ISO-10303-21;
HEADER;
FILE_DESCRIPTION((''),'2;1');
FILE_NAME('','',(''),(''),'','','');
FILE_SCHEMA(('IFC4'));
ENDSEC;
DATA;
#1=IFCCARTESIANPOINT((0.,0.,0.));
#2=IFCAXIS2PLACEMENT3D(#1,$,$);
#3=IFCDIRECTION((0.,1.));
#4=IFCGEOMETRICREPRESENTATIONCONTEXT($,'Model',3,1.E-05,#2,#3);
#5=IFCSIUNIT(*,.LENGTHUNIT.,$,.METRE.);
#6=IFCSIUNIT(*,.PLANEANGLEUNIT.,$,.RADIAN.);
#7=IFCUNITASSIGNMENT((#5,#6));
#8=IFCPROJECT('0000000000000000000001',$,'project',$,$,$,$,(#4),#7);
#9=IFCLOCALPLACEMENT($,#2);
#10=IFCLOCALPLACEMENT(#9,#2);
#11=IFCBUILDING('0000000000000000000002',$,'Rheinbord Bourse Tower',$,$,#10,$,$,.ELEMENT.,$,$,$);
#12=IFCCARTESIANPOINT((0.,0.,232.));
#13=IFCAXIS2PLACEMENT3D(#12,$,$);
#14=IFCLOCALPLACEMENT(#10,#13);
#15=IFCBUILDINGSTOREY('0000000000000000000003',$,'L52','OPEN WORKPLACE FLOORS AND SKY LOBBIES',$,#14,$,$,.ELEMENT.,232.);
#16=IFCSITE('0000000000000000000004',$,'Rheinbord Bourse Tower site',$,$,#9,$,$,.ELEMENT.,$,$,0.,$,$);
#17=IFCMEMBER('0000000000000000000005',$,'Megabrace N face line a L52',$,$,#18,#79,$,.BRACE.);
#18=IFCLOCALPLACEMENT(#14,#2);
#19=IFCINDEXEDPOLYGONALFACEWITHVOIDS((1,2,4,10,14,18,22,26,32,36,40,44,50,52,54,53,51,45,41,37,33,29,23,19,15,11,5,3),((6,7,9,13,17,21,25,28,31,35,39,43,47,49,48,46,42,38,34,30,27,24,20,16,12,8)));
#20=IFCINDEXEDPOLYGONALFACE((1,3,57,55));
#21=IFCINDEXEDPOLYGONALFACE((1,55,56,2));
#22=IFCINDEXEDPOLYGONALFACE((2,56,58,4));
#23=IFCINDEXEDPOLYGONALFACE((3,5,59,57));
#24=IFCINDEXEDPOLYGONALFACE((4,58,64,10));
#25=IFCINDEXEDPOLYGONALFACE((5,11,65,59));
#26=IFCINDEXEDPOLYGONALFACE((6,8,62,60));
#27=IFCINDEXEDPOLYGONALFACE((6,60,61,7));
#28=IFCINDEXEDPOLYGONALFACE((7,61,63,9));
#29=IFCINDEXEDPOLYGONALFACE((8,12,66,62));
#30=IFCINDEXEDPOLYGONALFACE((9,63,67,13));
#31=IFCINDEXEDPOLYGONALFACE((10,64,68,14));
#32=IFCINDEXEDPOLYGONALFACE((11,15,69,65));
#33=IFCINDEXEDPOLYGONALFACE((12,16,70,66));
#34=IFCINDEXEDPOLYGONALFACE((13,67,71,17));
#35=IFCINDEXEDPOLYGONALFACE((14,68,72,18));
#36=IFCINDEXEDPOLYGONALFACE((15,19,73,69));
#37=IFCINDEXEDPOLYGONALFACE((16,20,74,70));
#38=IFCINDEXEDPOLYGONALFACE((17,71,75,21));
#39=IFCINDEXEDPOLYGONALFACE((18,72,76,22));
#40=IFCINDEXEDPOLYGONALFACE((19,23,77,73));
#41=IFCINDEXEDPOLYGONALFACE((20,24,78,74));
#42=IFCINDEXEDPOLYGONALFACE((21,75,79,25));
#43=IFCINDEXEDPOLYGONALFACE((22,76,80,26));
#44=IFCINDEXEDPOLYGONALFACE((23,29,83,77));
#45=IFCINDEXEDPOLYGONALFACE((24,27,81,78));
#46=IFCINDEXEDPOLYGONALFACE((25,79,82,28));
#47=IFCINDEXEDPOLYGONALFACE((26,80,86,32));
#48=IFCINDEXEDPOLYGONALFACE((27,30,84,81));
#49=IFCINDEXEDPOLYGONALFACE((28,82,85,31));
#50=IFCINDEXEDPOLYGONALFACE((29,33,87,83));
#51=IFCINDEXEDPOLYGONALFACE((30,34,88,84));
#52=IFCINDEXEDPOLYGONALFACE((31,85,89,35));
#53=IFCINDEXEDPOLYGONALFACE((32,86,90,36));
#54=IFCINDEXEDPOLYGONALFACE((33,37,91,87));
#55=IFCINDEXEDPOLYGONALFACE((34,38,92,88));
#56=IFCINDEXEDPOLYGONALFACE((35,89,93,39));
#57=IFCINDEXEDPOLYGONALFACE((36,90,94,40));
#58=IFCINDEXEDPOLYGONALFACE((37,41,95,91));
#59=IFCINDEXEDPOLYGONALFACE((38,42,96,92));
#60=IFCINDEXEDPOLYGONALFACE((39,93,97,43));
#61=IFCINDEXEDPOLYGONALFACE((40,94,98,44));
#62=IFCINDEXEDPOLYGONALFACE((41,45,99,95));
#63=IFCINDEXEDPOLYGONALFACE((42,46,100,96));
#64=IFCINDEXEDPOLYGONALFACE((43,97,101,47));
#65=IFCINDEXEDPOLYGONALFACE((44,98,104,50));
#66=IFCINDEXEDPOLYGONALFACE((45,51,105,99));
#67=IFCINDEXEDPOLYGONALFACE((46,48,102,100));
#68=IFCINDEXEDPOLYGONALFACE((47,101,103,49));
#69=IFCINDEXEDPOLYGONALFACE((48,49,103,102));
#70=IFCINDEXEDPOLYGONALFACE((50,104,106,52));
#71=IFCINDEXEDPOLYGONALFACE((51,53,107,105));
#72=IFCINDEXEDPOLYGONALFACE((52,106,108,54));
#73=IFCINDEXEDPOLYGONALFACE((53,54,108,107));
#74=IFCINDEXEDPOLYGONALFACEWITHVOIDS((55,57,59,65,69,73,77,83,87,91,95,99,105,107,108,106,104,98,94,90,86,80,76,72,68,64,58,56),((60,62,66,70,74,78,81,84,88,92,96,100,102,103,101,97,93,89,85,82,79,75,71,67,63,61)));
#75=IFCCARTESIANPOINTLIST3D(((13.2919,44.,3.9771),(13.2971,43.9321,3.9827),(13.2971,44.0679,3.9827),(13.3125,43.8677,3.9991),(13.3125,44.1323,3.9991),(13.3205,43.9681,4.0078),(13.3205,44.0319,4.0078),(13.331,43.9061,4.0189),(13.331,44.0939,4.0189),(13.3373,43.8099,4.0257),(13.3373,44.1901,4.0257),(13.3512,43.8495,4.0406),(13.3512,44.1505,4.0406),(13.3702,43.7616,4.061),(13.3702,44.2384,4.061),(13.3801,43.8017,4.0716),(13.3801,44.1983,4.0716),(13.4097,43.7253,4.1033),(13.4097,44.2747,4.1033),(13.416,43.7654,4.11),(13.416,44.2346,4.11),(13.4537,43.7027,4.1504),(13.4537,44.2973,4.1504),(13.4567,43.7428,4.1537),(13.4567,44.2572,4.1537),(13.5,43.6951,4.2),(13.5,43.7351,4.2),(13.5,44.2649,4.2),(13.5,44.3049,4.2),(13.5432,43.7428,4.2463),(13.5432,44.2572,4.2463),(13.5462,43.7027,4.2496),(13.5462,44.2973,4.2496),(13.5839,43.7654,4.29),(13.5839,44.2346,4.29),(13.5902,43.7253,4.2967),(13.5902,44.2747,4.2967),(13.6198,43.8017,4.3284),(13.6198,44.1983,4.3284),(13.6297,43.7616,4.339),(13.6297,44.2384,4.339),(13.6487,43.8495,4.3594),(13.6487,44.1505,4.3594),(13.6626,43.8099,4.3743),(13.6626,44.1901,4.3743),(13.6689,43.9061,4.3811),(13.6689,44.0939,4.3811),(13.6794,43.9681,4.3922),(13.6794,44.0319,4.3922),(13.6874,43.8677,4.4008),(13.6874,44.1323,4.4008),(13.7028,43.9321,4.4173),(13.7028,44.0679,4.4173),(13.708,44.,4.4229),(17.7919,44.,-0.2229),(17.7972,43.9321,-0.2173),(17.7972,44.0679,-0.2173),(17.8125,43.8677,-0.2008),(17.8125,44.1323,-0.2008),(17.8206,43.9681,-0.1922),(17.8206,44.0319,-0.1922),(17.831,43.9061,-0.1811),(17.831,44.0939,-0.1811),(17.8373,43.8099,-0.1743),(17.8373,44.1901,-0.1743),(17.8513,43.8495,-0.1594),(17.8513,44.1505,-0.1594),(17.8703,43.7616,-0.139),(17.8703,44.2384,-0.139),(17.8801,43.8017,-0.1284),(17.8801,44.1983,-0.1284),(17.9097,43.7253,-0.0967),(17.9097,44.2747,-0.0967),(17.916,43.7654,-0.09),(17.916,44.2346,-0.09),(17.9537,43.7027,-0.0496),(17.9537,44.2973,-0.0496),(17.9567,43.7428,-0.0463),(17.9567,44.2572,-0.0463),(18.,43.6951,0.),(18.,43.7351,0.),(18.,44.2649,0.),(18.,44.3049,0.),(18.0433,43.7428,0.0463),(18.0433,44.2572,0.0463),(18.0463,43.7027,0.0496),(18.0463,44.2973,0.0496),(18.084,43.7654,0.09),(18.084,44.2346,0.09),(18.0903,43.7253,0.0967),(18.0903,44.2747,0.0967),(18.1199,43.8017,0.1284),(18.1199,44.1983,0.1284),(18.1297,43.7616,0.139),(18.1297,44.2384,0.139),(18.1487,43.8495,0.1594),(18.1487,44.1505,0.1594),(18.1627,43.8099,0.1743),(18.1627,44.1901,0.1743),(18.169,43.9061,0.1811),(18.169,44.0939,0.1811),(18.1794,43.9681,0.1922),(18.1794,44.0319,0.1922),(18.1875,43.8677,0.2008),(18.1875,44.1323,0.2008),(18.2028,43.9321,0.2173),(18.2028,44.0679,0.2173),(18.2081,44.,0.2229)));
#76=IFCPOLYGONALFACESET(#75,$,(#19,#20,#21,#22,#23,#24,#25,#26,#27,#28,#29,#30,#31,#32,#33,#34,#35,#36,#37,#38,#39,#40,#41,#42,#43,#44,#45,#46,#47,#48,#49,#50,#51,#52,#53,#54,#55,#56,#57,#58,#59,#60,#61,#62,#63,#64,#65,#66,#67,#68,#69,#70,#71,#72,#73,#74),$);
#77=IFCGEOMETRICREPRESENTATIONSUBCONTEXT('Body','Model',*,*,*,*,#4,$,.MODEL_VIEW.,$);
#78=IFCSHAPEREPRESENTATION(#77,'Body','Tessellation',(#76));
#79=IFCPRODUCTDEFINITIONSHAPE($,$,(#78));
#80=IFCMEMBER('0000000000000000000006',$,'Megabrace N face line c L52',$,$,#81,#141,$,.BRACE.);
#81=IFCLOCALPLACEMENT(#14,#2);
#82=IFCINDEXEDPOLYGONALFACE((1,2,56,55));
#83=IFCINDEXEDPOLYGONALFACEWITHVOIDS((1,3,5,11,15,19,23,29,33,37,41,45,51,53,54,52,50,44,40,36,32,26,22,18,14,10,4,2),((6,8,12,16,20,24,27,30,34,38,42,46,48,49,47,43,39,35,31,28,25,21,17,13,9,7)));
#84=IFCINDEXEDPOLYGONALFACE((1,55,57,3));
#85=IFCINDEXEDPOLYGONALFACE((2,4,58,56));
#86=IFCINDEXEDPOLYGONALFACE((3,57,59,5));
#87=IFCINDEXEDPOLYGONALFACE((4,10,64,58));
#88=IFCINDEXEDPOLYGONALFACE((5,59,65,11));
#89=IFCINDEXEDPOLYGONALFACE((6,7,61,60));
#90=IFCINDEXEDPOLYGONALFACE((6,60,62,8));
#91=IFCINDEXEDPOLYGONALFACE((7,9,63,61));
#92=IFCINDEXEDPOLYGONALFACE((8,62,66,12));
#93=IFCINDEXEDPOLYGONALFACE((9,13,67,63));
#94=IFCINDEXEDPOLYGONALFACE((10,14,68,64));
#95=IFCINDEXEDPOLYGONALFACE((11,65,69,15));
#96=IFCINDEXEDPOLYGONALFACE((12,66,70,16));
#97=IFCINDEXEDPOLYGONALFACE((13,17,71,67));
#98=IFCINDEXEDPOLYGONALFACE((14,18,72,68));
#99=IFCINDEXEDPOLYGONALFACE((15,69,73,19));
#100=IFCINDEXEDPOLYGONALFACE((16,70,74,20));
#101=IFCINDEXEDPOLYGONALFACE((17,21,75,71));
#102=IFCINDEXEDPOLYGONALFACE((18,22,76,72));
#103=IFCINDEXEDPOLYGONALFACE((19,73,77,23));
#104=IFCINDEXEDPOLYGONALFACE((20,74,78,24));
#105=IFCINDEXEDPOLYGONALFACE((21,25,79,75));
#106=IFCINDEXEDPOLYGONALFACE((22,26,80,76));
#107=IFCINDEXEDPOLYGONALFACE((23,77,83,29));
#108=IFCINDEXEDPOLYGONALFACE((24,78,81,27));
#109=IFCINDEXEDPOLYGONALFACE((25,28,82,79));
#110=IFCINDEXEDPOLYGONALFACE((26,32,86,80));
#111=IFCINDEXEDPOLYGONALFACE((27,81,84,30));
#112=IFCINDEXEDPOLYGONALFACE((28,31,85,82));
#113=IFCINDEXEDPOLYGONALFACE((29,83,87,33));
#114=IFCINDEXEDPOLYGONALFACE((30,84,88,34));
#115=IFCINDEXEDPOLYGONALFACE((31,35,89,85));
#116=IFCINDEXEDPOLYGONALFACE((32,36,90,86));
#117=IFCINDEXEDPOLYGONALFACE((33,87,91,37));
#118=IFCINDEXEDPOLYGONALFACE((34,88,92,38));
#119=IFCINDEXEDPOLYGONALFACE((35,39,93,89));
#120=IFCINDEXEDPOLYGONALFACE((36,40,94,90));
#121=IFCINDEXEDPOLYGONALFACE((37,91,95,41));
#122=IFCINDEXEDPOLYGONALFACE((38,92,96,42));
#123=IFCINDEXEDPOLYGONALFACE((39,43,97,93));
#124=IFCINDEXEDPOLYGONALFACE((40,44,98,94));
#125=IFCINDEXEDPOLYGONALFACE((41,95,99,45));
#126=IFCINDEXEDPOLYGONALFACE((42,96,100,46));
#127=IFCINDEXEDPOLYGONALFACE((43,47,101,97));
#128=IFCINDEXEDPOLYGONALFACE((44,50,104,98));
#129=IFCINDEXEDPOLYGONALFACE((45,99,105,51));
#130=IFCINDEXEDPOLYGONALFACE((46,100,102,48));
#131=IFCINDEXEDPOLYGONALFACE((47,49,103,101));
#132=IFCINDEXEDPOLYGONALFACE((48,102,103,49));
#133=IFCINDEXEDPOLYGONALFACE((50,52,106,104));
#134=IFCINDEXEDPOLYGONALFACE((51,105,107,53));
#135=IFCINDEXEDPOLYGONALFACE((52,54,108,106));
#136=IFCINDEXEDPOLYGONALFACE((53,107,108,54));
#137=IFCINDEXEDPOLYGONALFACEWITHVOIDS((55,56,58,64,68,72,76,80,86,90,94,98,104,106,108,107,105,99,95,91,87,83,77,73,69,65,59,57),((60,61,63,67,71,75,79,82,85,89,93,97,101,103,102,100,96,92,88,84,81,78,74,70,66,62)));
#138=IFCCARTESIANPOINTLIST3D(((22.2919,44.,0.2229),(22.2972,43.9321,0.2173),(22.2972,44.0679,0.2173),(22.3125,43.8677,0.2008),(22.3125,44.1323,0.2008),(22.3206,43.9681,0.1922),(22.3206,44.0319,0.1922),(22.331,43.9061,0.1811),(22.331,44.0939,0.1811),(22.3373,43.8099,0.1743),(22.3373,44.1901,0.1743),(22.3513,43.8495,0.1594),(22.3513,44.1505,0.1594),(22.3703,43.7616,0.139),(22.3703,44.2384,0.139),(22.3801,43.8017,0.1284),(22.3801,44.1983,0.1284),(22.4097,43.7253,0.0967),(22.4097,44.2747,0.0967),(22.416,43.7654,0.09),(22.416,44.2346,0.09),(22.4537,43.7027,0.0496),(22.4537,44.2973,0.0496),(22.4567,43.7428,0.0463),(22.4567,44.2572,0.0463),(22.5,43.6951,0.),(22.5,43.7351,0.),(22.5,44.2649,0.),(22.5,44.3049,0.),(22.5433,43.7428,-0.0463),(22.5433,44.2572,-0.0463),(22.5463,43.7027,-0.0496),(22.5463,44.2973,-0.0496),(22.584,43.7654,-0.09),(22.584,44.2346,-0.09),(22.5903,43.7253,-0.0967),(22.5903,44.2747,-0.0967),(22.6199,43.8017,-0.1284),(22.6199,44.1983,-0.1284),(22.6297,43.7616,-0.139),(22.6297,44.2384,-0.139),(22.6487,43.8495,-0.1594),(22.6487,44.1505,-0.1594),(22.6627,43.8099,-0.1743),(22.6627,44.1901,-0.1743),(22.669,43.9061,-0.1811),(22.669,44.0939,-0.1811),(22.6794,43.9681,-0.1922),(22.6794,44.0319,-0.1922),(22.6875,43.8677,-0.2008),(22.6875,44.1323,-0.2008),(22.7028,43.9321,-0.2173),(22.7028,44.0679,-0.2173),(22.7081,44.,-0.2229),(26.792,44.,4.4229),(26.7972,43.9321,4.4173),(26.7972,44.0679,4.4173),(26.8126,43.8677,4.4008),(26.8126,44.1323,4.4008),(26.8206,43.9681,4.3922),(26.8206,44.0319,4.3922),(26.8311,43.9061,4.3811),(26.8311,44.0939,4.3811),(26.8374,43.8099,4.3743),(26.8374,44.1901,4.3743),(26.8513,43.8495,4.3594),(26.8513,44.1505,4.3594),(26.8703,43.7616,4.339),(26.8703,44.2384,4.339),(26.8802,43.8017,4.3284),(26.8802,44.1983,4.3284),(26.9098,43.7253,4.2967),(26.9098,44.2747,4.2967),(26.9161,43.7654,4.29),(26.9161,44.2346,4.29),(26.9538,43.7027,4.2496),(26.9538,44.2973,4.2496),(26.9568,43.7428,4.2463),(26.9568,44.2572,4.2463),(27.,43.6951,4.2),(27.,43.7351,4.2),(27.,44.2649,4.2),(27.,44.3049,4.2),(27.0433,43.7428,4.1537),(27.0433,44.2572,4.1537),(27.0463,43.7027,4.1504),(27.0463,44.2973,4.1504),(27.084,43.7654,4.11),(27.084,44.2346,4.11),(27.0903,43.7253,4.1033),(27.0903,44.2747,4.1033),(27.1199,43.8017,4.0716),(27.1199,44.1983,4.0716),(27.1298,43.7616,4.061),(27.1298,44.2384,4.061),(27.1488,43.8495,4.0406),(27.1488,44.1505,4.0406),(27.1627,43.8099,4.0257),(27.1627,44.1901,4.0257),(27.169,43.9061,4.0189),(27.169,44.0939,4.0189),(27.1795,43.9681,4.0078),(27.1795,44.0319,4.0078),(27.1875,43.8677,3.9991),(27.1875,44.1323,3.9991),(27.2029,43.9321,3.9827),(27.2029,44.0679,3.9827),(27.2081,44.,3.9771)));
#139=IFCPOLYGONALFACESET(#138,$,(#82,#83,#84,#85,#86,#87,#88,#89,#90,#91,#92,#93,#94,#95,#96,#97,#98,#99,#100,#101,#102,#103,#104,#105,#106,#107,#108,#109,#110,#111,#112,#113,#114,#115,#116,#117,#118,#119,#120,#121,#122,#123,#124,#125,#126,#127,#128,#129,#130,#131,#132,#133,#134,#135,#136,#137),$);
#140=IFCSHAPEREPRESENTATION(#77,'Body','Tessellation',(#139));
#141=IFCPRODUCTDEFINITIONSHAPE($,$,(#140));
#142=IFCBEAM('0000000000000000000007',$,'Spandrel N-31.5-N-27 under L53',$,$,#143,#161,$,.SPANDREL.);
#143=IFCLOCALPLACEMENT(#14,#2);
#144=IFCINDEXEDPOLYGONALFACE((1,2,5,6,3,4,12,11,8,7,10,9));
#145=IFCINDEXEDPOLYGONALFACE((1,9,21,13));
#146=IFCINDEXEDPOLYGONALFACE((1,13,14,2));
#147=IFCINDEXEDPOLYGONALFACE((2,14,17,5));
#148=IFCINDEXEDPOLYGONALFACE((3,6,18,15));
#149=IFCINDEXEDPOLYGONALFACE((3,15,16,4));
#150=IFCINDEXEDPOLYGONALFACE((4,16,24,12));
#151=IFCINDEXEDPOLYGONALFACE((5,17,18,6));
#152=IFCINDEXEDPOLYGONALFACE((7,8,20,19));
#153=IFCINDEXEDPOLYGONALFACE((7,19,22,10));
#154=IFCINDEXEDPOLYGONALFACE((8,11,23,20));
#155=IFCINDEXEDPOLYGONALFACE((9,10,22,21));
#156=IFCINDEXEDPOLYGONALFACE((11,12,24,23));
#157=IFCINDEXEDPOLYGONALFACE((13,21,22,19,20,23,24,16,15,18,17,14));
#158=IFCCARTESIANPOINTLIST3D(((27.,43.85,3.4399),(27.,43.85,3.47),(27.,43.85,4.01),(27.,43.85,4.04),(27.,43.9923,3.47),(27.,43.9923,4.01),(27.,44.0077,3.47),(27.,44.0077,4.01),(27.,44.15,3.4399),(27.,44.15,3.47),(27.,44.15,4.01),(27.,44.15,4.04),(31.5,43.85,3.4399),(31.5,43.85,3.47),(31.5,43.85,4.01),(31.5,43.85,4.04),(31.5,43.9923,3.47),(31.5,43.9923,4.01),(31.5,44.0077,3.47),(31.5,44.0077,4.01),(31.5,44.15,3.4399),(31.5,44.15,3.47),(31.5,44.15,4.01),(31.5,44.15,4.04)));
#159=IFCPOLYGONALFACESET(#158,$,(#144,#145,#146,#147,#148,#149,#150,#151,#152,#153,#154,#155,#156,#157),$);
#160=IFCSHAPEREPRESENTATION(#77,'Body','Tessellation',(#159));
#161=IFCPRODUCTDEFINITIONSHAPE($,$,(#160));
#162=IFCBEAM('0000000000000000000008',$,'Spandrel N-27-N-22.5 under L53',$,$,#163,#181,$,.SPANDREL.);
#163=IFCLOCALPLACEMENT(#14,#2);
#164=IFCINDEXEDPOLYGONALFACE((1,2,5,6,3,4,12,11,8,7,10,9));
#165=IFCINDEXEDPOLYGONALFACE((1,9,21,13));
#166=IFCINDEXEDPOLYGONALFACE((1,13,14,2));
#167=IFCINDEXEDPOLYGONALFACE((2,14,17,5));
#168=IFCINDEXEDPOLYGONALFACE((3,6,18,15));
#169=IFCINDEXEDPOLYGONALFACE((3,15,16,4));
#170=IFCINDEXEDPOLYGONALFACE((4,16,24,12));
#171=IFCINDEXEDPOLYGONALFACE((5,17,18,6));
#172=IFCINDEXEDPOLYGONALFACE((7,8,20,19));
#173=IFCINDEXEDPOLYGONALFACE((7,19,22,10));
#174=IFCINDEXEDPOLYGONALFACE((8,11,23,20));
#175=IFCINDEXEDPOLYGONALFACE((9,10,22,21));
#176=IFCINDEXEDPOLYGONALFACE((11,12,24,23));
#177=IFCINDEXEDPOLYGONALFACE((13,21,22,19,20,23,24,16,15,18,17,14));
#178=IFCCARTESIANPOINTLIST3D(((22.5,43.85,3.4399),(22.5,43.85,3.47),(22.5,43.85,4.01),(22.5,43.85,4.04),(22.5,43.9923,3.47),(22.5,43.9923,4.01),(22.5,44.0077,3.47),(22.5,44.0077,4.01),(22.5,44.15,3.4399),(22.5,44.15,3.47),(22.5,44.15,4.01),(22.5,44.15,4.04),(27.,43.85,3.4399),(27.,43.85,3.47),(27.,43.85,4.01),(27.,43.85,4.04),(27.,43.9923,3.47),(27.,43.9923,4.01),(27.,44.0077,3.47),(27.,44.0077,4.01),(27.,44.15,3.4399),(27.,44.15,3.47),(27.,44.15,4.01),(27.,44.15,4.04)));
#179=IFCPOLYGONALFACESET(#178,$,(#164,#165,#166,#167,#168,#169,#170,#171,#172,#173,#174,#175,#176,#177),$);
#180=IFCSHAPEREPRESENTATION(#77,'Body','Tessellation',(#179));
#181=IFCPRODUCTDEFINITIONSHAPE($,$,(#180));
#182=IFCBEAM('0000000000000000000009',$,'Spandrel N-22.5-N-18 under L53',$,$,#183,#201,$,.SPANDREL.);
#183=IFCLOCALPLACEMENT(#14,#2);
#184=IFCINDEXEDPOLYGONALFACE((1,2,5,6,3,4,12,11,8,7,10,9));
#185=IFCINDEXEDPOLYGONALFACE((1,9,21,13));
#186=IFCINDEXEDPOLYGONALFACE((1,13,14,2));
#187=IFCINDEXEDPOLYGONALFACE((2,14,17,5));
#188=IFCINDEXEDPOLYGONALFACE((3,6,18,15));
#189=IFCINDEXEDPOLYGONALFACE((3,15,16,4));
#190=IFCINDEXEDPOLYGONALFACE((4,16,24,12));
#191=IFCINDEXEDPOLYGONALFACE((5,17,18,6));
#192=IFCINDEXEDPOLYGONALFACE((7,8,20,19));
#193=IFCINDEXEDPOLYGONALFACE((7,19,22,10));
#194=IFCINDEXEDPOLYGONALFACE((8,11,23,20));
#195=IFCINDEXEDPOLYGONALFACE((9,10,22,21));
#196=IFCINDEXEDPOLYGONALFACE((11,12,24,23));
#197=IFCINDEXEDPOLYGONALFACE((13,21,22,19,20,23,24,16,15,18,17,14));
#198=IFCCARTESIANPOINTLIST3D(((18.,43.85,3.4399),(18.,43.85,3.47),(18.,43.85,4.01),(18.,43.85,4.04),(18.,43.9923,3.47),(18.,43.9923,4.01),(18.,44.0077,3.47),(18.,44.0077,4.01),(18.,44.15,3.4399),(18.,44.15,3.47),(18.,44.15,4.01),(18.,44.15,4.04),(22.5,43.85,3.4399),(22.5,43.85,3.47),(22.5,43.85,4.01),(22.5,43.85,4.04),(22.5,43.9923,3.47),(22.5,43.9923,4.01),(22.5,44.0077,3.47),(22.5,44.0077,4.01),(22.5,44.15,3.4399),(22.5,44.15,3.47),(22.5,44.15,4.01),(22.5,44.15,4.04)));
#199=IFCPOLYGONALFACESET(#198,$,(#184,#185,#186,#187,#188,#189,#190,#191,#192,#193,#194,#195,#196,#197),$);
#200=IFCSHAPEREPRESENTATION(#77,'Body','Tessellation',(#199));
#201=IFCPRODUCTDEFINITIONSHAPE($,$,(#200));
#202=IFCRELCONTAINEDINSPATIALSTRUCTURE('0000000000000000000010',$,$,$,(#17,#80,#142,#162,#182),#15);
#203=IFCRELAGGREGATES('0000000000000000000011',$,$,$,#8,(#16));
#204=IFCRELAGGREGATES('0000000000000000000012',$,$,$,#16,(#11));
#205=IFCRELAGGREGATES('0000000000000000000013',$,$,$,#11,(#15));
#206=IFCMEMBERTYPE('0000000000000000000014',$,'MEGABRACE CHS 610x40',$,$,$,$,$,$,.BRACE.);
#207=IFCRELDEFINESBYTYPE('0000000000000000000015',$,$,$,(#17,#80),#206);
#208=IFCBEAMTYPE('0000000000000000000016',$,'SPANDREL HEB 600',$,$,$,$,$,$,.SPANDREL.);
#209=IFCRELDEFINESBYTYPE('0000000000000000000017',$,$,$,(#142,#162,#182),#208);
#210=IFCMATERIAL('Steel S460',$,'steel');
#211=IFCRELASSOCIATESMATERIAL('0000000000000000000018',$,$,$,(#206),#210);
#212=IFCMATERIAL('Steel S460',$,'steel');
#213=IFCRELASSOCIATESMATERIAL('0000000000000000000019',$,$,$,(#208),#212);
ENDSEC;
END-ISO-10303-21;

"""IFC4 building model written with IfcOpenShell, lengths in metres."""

from ifc_helpers import new_model, si_unit, direction, frame, origin, origin_2d, place, context, subcontext, project, spatial, hollow_circle, i_section, extrude, material, material_profile, profile_set, type_object, element, save


model = new_model("IFC4")

# Units and contexts
model_context = context("Model", 3, precision=1e-05, world=origin(), true_north=direction((0.0, 1.0)))
body_context = subcontext(model_context, "Body", "Model", "MODEL_VIEW")
ifc_project = project(units=[si_unit("LENGTHUNIT", "METRE"), si_unit("PLANEANGLEUNIT", "RADIAN")], contexts=[model_context])

# Site, building, storey
site_placement = place(None, origin())
site = spatial("IfcSite", under=ifc_project, at=site_placement, Name="Rheinbord Bourse Tower site", CompositionType="ELEMENT", RefElevation=0.0)
building_placement = place(site_placement, origin())
building = spatial("IfcBuilding", under=site, at=building_placement, Name="Rheinbord Bourse Tower", CompositionType="ELEMENT")
storey_placement = place(building_placement, frame((0.0, 0.0, 232.0)))
storey = spatial("IfcBuildingStorey", under=building, at=storey_placement, Name="L52", Description="OPEN WORKPLACE FLOORS AND SKY LOBBIES", CompositionType="ELEMENT", Elevation=232.0)

# Members
ifc_material_1 = material(Name="Steel S460", Category="steel")
ifc_material_profile_1 = material_profile(ifc_material_1, hollow_circle(Radius=0.3049, WallThickness=0.04, at=origin_2d()), Name="CHS 610x40")
ifc_profile_set_1 = profile_set([ifc_material_profile_1], Name="Steel S460")
member_type_1 = type_object("IfcMemberType", Name="MEGABRACE CHS 610x40", PredefinedType="BRACE", material=ifc_profile_set_1)
for number, where, z_axis, x_axis, name in (
    (1, (18.0, 44.0, 0.0), (-0.731059, 0.0, 0.682314), (0.0, -1.0, 0.0), "Megabrace N face line a L52"),
    (2, (22.5, 44.0, 0.0), (0.731059, 0.0, 0.682314), (0.0, 1.0, 0.0), "Megabrace N face line c L52"),
):
    element("IfcMember", number, at=place(storey_placement, frame(where, z_axis=z_axis, x_axis=x_axis)), inside=storey, type_object=member_type_1, Name=name, PredefinedType="BRACE", context=body_context, shape_type="SweptSolid", body=[
        extrude(hollow_circle(Radius=0.3049, WallThickness=0.04, at=origin_2d()), origin(), (0.0, 0.0, 1.0), 6.1555),
    ])

# Beams
ifc_material_2 = material(Name="Steel S460", Category="steel")
ifc_material_profile_2 = material_profile(ifc_material_2, i_section(OverallWidth=0.3, OverallDepth=0.6001, WebThickness=0.0154, FlangeThickness=0.03, at=origin_2d()), Name="HEB 600")
ifc_profile_set_2 = profile_set([ifc_material_profile_2], Name="Steel S460")
beam_type_1 = type_object("IfcBeamType", Name="SPANDREL HEB 600", PredefinedType="SPANDREL", material=ifc_profile_set_2)
for number, where, z_axis, x_axis, name in (
    (3, (31.5, 44.0, 3.74), (-1.0, 0.0, 0.0), (0.0, -1.0, 0.0), "Spandrel N-31.5-N-27 under L53"),
    (4, (27.0, 44.0, 3.74), (-1.0, 0.0, 0.0), (0.0, -1.0, 0.0), "Spandrel N-27-N-22.5 under L53"),
    (5, (22.5, 44.0, 3.74), (-1.0, 0.0, 0.0), (0.0, -1.0, 0.0), "Spandrel N-22.5-N-18 under L53"),
):
    element("IfcBeam", number, at=place(storey_placement, frame(where, z_axis=z_axis, x_axis=x_axis)), inside=storey, type_object=beam_type_1, Name=name, PredefinedType="SPANDREL", context=body_context, shape_type="SweptSolid", body=[
        extrude(i_section(OverallWidth=0.3, OverallDepth=0.6001, WebThickness=0.0154, FlangeThickness=0.03, at=origin_2d()), origin(), (0.0, 0.0, 1.0), 4.5),
    ])

save(model, "model.ifc")
